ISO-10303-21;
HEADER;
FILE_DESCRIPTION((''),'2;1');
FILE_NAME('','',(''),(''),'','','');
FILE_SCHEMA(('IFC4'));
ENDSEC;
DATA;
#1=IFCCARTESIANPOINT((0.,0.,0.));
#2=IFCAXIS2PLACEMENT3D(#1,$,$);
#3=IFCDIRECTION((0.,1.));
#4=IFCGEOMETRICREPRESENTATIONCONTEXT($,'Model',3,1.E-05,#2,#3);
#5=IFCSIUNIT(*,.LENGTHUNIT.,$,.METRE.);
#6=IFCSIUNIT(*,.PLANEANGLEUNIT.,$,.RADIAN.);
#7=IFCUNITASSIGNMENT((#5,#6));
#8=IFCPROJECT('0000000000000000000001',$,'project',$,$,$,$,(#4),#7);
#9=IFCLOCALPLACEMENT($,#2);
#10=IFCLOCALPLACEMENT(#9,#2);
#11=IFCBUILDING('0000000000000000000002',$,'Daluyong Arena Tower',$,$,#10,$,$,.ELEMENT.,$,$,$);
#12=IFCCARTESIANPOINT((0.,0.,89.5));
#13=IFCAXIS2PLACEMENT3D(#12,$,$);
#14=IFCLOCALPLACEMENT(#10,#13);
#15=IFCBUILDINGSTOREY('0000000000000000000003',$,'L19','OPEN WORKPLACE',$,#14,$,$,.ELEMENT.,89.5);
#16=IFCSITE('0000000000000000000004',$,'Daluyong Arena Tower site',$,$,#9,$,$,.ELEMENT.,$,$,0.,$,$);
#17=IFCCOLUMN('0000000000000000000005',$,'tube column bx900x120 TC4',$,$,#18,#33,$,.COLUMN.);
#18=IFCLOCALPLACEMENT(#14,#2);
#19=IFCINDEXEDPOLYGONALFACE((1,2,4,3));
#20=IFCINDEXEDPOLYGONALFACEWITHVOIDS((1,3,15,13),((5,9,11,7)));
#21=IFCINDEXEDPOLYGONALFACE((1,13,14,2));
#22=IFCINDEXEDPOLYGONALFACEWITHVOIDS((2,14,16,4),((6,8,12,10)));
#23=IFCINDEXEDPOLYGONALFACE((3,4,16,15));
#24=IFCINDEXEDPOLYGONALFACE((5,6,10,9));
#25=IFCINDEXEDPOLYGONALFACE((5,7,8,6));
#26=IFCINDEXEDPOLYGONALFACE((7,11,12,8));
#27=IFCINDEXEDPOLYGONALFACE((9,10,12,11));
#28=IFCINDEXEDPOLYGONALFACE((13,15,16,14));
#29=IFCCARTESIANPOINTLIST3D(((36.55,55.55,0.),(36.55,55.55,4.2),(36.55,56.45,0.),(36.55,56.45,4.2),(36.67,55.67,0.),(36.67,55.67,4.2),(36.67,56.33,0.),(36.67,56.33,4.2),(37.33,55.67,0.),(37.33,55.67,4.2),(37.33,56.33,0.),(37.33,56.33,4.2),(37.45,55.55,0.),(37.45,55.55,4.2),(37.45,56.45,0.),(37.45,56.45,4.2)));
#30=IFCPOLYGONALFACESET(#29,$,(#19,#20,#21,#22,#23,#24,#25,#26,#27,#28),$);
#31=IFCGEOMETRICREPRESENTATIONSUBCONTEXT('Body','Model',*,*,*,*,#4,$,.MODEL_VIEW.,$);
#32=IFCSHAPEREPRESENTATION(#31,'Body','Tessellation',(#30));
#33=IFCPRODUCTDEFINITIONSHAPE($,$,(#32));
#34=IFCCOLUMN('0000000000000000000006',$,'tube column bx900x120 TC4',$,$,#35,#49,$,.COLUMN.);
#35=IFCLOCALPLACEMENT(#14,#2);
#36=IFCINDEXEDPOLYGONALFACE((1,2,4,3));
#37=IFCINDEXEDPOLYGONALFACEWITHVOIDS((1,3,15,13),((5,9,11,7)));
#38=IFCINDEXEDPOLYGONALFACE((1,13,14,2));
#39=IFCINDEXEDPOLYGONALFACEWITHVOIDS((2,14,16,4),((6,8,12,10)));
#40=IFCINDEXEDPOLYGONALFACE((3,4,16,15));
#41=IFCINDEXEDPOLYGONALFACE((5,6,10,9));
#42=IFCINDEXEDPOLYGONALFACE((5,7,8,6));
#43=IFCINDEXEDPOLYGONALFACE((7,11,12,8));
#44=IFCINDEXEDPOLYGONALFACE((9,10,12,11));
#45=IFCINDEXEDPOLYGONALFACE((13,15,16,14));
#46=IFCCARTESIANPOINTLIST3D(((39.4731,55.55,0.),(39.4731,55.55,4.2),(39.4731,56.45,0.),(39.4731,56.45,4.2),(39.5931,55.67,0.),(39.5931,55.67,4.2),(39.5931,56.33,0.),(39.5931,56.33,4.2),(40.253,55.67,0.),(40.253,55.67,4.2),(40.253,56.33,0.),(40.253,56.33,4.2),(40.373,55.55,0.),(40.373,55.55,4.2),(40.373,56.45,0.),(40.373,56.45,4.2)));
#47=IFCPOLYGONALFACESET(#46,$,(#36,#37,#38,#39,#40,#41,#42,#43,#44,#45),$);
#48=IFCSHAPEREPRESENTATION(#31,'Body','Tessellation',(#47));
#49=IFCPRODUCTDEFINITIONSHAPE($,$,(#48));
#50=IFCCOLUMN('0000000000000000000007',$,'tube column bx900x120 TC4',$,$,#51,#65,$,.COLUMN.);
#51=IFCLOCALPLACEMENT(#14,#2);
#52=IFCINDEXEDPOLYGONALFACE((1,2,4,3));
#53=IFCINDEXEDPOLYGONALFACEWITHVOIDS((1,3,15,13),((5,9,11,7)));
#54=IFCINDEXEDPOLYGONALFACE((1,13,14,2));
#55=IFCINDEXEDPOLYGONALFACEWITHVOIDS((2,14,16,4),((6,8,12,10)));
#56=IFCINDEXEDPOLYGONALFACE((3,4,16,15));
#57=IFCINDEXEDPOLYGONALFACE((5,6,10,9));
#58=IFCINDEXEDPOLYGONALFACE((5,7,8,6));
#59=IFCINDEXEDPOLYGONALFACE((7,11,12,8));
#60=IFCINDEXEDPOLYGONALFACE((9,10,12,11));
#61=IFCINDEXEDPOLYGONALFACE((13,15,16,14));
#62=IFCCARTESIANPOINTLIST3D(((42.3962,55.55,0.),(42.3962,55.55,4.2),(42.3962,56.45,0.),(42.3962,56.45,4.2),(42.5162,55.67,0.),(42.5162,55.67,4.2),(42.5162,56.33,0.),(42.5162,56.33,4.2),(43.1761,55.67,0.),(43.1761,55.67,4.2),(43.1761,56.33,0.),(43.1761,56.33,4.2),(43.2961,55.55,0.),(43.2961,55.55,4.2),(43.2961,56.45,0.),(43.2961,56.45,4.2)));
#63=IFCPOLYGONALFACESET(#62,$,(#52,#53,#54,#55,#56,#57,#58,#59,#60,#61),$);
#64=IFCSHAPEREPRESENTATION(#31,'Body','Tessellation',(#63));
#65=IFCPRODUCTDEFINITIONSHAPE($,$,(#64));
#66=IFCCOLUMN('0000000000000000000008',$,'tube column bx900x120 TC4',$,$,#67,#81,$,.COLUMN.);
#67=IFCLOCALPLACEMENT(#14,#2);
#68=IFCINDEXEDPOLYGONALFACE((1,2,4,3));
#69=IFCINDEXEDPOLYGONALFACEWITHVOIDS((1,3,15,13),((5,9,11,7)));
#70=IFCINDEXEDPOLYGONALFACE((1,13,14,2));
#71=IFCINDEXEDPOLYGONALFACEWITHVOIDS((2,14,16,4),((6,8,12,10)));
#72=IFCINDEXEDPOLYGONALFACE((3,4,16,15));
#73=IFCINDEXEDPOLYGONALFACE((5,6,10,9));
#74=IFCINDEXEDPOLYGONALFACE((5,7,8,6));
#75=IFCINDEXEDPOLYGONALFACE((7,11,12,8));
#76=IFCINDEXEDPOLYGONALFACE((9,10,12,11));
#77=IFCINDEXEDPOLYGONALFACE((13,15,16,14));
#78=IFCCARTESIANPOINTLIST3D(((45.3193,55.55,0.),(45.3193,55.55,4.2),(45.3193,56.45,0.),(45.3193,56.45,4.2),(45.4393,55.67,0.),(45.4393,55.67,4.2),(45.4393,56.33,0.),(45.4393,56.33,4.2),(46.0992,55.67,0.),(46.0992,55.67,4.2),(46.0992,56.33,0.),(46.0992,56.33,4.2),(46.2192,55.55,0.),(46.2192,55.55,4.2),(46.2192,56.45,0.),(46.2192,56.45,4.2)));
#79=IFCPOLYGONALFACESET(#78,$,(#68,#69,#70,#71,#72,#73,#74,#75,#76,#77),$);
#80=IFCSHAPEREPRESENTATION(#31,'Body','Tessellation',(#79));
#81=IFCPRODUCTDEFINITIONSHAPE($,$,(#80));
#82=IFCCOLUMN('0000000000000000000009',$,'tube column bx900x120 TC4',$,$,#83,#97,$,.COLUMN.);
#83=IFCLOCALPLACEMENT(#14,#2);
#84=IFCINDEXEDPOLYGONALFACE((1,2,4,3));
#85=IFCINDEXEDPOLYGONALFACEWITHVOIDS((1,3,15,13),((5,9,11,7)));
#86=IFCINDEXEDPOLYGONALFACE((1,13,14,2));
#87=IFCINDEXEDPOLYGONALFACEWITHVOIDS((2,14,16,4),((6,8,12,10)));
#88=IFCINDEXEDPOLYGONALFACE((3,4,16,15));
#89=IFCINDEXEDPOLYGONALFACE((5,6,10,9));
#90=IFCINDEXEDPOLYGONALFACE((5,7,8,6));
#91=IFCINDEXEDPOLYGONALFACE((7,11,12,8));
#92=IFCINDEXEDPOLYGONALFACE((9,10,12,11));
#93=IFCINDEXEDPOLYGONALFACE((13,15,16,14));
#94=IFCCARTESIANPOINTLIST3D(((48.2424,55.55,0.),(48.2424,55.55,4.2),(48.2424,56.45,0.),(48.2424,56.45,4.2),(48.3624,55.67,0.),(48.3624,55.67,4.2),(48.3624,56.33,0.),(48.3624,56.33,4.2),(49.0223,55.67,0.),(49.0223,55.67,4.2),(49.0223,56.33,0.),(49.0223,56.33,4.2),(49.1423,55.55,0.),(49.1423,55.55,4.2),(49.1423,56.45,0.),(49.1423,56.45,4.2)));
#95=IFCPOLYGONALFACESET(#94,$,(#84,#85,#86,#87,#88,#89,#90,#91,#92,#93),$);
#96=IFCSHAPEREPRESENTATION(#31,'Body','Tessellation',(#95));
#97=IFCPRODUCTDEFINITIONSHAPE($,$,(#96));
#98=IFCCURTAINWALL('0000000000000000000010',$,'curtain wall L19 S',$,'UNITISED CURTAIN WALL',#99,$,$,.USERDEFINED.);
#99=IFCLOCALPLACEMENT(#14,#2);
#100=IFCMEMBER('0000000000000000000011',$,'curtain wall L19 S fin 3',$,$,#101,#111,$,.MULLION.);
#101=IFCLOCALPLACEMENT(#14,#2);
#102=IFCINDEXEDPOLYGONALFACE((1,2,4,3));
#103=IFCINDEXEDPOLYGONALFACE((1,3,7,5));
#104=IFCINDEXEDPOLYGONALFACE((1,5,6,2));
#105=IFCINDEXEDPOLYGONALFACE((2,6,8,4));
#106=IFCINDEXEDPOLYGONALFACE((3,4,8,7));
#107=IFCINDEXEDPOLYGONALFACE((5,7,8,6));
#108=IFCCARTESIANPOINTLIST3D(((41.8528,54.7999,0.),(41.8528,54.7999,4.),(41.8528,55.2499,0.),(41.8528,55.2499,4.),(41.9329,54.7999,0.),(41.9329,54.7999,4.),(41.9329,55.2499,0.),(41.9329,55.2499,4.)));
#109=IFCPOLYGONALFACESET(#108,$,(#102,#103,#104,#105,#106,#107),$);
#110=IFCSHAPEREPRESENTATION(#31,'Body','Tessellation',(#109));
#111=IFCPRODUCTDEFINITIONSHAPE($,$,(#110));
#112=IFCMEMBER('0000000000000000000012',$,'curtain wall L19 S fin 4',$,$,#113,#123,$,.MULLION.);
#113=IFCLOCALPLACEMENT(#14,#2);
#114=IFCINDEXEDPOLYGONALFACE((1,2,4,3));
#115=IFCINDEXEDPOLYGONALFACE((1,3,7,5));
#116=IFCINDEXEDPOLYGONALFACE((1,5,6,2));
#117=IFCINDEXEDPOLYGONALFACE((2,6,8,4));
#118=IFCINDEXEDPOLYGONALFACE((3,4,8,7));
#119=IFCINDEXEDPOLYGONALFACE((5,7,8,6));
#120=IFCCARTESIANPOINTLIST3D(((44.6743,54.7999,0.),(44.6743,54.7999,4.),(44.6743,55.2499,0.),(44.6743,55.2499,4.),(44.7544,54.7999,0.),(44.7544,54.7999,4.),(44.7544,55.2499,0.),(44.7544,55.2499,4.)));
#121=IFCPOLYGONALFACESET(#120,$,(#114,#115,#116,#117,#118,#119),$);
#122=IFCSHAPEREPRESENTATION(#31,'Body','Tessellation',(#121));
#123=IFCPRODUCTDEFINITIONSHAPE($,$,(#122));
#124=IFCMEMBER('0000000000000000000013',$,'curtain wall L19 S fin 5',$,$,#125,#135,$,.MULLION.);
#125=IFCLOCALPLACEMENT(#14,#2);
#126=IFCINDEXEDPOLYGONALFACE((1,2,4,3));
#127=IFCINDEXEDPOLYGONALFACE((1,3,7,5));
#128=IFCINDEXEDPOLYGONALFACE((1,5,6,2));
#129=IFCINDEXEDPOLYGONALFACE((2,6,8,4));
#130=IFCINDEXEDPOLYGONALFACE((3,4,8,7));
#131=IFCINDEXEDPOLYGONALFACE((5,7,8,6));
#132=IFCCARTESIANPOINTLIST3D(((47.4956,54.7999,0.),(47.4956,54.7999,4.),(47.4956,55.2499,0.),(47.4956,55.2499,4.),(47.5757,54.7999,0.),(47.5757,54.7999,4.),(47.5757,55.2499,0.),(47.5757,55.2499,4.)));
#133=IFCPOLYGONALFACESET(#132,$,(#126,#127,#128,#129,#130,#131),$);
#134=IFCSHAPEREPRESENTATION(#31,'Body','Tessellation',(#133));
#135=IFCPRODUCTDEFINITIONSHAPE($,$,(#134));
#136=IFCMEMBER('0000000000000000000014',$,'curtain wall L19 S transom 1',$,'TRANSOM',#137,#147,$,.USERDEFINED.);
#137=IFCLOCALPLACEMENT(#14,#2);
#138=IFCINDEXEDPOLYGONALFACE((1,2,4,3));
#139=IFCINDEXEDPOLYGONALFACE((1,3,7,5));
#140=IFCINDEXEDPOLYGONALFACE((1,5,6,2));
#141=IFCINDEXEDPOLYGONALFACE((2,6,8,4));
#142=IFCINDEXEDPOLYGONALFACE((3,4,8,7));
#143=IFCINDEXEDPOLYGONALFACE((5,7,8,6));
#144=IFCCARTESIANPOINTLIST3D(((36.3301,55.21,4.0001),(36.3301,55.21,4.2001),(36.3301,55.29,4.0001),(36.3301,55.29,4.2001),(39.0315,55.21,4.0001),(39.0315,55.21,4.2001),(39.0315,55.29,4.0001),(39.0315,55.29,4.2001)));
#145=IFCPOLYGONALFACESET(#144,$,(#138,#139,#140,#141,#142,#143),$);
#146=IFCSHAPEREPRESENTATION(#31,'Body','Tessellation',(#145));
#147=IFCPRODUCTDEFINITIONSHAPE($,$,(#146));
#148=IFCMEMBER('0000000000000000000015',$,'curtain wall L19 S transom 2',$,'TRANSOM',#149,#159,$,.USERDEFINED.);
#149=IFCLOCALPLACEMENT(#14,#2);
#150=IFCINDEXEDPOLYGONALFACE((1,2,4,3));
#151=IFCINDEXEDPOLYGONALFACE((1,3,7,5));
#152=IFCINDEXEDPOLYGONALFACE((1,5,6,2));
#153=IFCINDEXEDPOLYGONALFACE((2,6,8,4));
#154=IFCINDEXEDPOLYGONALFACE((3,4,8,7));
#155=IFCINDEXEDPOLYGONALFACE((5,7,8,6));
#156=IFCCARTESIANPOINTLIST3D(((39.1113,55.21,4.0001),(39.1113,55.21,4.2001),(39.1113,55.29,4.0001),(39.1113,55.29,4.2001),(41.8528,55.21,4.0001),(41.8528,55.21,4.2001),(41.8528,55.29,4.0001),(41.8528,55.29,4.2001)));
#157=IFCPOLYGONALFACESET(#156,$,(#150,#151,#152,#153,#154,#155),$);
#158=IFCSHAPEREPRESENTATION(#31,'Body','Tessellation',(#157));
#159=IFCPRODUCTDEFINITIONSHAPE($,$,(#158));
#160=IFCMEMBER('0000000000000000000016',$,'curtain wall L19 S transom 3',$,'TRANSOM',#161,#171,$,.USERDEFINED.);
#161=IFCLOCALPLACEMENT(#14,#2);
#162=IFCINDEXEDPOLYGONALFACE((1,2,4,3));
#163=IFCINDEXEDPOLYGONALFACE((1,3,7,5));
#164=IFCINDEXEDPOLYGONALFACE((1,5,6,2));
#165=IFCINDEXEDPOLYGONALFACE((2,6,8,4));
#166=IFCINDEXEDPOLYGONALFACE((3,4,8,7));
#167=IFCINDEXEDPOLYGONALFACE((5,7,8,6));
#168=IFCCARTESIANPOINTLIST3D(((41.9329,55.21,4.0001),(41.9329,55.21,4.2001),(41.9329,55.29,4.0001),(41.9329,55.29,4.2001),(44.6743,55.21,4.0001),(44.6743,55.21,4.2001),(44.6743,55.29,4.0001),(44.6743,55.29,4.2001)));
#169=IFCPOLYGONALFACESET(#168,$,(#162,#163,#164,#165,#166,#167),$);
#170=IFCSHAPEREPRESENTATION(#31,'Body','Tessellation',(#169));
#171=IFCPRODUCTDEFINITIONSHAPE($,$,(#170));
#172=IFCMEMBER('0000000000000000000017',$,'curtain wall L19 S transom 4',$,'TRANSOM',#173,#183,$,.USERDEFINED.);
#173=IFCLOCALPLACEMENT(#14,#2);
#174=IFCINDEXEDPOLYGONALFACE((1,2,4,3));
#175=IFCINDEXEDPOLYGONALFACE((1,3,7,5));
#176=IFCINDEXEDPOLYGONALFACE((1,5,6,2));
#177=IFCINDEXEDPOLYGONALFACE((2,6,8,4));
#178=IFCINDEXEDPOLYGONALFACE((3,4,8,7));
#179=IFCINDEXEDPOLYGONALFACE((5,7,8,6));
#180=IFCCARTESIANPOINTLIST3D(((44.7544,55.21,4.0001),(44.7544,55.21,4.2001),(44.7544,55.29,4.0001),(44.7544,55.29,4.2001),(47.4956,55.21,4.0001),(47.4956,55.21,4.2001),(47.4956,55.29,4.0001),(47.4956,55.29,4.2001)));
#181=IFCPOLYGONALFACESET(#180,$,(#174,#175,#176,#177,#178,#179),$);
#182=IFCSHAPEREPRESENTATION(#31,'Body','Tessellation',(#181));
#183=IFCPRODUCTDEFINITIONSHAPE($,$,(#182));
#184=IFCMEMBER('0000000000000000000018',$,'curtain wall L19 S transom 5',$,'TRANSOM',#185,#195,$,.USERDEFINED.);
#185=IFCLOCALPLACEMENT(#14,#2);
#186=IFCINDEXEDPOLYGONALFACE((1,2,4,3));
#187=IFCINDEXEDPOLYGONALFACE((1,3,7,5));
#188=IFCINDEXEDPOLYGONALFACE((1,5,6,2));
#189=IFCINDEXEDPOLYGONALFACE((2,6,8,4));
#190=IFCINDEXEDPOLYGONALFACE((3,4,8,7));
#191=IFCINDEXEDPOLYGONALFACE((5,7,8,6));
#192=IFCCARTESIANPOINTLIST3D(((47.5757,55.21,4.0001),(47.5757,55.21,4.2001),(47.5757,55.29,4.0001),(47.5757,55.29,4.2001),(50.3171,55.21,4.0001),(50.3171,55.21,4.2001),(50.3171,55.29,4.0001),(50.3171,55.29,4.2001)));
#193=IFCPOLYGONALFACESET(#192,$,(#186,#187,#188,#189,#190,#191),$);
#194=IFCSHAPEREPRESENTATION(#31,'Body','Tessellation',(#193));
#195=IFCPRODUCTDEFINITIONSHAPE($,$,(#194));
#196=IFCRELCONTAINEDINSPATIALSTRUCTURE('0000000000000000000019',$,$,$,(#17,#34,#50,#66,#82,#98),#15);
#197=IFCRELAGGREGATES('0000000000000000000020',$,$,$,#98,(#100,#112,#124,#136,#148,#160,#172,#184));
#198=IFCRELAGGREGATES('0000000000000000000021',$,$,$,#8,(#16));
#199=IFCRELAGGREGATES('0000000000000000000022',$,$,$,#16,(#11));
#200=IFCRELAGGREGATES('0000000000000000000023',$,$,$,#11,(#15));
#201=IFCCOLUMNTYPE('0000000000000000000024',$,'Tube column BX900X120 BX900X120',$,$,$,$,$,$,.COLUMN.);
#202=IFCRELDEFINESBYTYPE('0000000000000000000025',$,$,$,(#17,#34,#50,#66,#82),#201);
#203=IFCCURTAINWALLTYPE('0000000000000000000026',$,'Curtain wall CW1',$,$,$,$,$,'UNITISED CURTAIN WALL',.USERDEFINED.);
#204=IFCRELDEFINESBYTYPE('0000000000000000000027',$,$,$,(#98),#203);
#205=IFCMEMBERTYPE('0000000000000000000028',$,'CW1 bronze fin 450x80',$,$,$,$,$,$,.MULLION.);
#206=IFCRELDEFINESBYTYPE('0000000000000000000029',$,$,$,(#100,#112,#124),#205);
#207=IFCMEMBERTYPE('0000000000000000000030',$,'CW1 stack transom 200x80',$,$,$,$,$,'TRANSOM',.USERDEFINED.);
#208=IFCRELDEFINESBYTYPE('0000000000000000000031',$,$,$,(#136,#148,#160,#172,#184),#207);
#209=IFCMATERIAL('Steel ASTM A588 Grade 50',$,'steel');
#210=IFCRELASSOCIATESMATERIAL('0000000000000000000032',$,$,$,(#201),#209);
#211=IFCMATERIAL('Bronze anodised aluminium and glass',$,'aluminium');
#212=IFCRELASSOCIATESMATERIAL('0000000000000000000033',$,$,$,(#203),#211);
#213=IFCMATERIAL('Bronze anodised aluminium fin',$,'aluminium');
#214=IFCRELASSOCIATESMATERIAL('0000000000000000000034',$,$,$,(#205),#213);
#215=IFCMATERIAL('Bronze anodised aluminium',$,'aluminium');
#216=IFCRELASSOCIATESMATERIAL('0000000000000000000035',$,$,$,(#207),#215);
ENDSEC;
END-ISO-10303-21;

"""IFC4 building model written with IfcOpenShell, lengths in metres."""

from ifc_helpers import new_model, si_unit, direction, frame, origin, origin_2d, place, context, subcontext, project, spatial, rectangle, hollow_rectangle, extrude, material, material_profile, profile_set, type_object, element, aggregate, save


model = new_model("IFC4")

# Units and contexts
model_context = context("Model", 3, precision=1e-05, world=origin(), true_north=direction((0.0, 1.0)))
body_context = subcontext(model_context, "Body", "Model", "MODEL_VIEW")
ifc_project = project(units=[si_unit("LENGTHUNIT", "METRE"), si_unit("PLANEANGLEUNIT", "RADIAN")], contexts=[model_context])

# Site, building, storey
site_placement = place(None, origin())
site = spatial("IfcSite", under=ifc_project, at=site_placement, Name="Daluyong Arena Tower site", CompositionType="ELEMENT", RefElevation=0.0)
building_placement = place(site_placement, origin())
building = spatial("IfcBuilding", under=site, at=building_placement, Name="Daluyong Arena Tower", CompositionType="ELEMENT")
storey_placement = place(building_placement, frame((0.0, 0.0, 89.5)))
storey = spatial("IfcBuildingStorey", under=building, at=storey_placement, Name="L19", Description="OPEN WORKPLACE", CompositionType="ELEMENT", Elevation=89.5)

# Columns
ifc_material_1 = material(Name="Steel ASTM A588 Grade 50", Category="steel")
ifc_material_profile_1 = material_profile(ifc_material_1, hollow_rectangle(XDim=0.8999, YDim=0.8999, WallThickness=0.12, at=origin_2d()))
ifc_profile_set_1 = profile_set([ifc_material_profile_1], Name="Steel ASTM A588 Grade 50")
column_type = type_object("IfcColumnType", Name="Tube column BX900X120 BX900X120", PredefinedType="COLUMN", material=ifc_profile_set_1)
for number, where, z_axis, x_axis, name in (
    (1, (37.0, 56.0, 0.0), (0.0, 0.0, 1.0), (1.0, 0.0, 0.0), "tube column bx900x120 TC4"),
    (2, (39.9231, 56.0, 0.0), (0.0, 0.0, 1.0), (1.0, 0.0, 0.0), "tube column bx900x120 TC4"),
    (3, (42.8462, 56.0, 0.0), (0.0, 0.0, 1.0), (1.0, 0.0, 0.0), "tube column bx900x120 TC4"),
    (4, (45.7693, 56.0, 0.0), (0.0, 0.0, 1.0), (1.0, 0.0, 0.0), "tube column bx900x120 TC4"),
    (5, (48.6924, 56.0, 0.0), (0.0, 0.0, 1.0), (1.0, 0.0, 0.0), "tube column bx900x120 TC4"),
):
    element("IfcColumn", number, at=place(storey_placement, frame(where, z_axis=z_axis, x_axis=x_axis)), inside=storey, type_object=column_type, Name=name, PredefinedType="COLUMN", context=body_context, shape_type="SweptSolid", body=[
        extrude(hollow_rectangle(XDim=0.8999, YDim=0.8999, WallThickness=0.12, at=origin_2d()), origin(), (0.0, 0.0, 1.0), 4.2),
    ])

# Curtain wall, members
ifc_material_2 = material(Name="Bronze anodised aluminium and glass", Category="aluminium")
curtain_wall_type_1 = type_object("IfcCurtainWallType", Name="Curtain wall CW1", ElementType="UNITISED CURTAIN WALL", PredefinedType="USERDEFINED", material=ifc_material_2)
curtain_wall_1_placement = place(storey_placement, origin())
curtain_wall_1 = element("IfcCurtainWall", 6, at=curtain_wall_1_placement, inside=storey, type_object=curtain_wall_type_1, Name="curtain wall L19 S", ObjectType="UNITISED CURTAIN WALL", PredefinedType="USERDEFINED")
ifc_material_3 = material(Name="Bronze anodised aluminium fin", Category="aluminium")
ifc_material_profile_2 = material_profile(ifc_material_3, rectangle(XDim=0.45, YDim=0.0801, at=origin_2d()))
ifc_profile_set_2 = profile_set([ifc_material_profile_2], Name="Bronze anodised aluminium fin")
member_type_1 = type_object("IfcMemberType", Name="CW1 bronze fin 450x80", PredefinedType="MULLION", material=ifc_profile_set_2)
member_1_placement = place(storey_placement, frame((41.8928, 55.0249, 0.0), z_axis=(0.0, 0.0, 1.0), x_axis=(0.0, 1.0, 0.0)))
member_1 = element("IfcMember", 7, at=member_1_placement, type_object=member_type_1, Name="curtain wall L19 S fin 3", PredefinedType="MULLION", context=body_context, shape_type="SweptSolid", body=[
    extrude(rectangle(XDim=0.45, YDim=0.0801, at=origin_2d()), origin(), (0.0, 0.0, 1.0), 4.0),
])
member_2_placement = place(storey_placement, frame((44.7144, 55.0249, 0.0), z_axis=(0.0, 0.0, 1.0), x_axis=(0.0, 1.0, 0.0)))
member_2 = element("IfcMember", 8, at=member_2_placement, type_object=member_type_1, Name="curtain wall L19 S fin 4", PredefinedType="MULLION", context=body_context, shape_type="SweptSolid", body=[
    extrude(rectangle(XDim=0.45, YDim=0.0801, at=origin_2d()), origin(), (0.0, 0.0, 1.0), 4.0),
])
member_3_placement = place(storey_placement, frame((47.5356, 55.0249, 0.0), z_axis=(0.0, 0.0, 1.0), x_axis=(0.0, 1.0, 0.0)))
member_3 = element("IfcMember", 9, at=member_3_placement, type_object=member_type_1, Name="curtain wall L19 S fin 5", PredefinedType="MULLION", context=body_context, shape_type="SweptSolid", body=[
    extrude(rectangle(XDim=0.45, YDim=0.0801, at=origin_2d()), origin(), (0.0, 0.0, 1.0), 4.0),
])
ifc_material_4 = material(Name="Bronze anodised aluminium", Category="aluminium")
ifc_material_profile_3 = material_profile(ifc_material_4, rectangle(XDim=0.0801, YDim=0.2, at=origin_2d()))
ifc_profile_set_3 = profile_set([ifc_material_profile_3], Name="Bronze anodised aluminium")
member_type_2 = type_object("IfcMemberType", Name="CW1 stack transom 200x80", ElementType="TRANSOM", PredefinedType="USERDEFINED", material=ifc_profile_set_3)
member_4_placement = place(storey_placement, frame((36.3301, 55.25, 4.1001), z_axis=(1.0, 0.0, 0.0), x_axis=(0.0, 1.0, 0.0)))
member_4 = element("IfcMember", 10, at=member_4_placement, type_object=member_type_2, Name="curtain wall L19 S transom 1", ObjectType="TRANSOM", PredefinedType="USERDEFINED", context=body_context, shape_type="SweptSolid", body=[
    extrude(rectangle(XDim=0.0801, YDim=0.2, at=origin_2d()), origin(), (0.0, 0.0, 1.0), 2.7014),
])
member_5_placement = place(storey_placement, frame((39.1113, 55.25, 4.1001), z_axis=(1.0, 0.0, 0.0), x_axis=(0.0, 1.0, 0.0)))
member_5 = element("IfcMember", 11, at=member_5_placement, type_object=member_type_2, Name="curtain wall L19 S transom 2", ObjectType="TRANSOM", PredefinedType="USERDEFINED", context=body_context, shape_type="SweptSolid", body=[
    extrude(rectangle(XDim=0.0801, YDim=0.2, at=origin_2d()), origin(), (0.0, 0.0, 1.0), 2.7415),
])
member_6_placement = place(storey_placement, frame((41.9329, 55.25, 4.1001), z_axis=(1.0, 0.0, 0.0), x_axis=(0.0, 1.0, 0.0)))
member_6 = element("IfcMember", 12, at=member_6_placement, type_object=member_type_2, Name="curtain wall L19 S transom 3", ObjectType="TRANSOM", PredefinedType="USERDEFINED", context=body_context, shape_type="SweptSolid", body=[
    extrude(rectangle(XDim=0.0801, YDim=0.2, at=origin_2d()), origin(), (0.0, 0.0, 1.0), 2.7415),
])
member_7_placement = place(storey_placement, frame((44.7544, 55.25, 4.1001), z_axis=(1.0, 0.0, 0.0), x_axis=(0.0, 1.0, 0.0)))
member_7 = element("IfcMember", 13, at=member_7_placement, type_object=member_type_2, Name="curtain wall L19 S transom 4", ObjectType="TRANSOM", PredefinedType="USERDEFINED", context=body_context, shape_type="SweptSolid", body=[
    extrude(rectangle(XDim=0.0801, YDim=0.2, at=origin_2d()), origin(), (0.0, 0.0, 1.0), 2.7412),
])
member_8_placement = place(storey_placement, frame((47.5757, 55.25, 4.1001), z_axis=(1.0, 0.0, 0.0), x_axis=(0.0, 1.0, 0.0)))
member_8 = element("IfcMember", 14, at=member_8_placement, type_object=member_type_2, Name="curtain wall L19 S transom 5", ObjectType="TRANSOM", PredefinedType="USERDEFINED", context=body_context, shape_type="SweptSolid", body=[
    extrude(rectangle(XDim=0.0801, YDim=0.2, at=origin_2d()), origin(), (0.0, 0.0, 1.0), 2.7415),
])

aggregate(curtain_wall_1, [member_1, member_2, member_3, member_4, member_5, member_6, member_7, member_8])

save(model, "model.ifc")
